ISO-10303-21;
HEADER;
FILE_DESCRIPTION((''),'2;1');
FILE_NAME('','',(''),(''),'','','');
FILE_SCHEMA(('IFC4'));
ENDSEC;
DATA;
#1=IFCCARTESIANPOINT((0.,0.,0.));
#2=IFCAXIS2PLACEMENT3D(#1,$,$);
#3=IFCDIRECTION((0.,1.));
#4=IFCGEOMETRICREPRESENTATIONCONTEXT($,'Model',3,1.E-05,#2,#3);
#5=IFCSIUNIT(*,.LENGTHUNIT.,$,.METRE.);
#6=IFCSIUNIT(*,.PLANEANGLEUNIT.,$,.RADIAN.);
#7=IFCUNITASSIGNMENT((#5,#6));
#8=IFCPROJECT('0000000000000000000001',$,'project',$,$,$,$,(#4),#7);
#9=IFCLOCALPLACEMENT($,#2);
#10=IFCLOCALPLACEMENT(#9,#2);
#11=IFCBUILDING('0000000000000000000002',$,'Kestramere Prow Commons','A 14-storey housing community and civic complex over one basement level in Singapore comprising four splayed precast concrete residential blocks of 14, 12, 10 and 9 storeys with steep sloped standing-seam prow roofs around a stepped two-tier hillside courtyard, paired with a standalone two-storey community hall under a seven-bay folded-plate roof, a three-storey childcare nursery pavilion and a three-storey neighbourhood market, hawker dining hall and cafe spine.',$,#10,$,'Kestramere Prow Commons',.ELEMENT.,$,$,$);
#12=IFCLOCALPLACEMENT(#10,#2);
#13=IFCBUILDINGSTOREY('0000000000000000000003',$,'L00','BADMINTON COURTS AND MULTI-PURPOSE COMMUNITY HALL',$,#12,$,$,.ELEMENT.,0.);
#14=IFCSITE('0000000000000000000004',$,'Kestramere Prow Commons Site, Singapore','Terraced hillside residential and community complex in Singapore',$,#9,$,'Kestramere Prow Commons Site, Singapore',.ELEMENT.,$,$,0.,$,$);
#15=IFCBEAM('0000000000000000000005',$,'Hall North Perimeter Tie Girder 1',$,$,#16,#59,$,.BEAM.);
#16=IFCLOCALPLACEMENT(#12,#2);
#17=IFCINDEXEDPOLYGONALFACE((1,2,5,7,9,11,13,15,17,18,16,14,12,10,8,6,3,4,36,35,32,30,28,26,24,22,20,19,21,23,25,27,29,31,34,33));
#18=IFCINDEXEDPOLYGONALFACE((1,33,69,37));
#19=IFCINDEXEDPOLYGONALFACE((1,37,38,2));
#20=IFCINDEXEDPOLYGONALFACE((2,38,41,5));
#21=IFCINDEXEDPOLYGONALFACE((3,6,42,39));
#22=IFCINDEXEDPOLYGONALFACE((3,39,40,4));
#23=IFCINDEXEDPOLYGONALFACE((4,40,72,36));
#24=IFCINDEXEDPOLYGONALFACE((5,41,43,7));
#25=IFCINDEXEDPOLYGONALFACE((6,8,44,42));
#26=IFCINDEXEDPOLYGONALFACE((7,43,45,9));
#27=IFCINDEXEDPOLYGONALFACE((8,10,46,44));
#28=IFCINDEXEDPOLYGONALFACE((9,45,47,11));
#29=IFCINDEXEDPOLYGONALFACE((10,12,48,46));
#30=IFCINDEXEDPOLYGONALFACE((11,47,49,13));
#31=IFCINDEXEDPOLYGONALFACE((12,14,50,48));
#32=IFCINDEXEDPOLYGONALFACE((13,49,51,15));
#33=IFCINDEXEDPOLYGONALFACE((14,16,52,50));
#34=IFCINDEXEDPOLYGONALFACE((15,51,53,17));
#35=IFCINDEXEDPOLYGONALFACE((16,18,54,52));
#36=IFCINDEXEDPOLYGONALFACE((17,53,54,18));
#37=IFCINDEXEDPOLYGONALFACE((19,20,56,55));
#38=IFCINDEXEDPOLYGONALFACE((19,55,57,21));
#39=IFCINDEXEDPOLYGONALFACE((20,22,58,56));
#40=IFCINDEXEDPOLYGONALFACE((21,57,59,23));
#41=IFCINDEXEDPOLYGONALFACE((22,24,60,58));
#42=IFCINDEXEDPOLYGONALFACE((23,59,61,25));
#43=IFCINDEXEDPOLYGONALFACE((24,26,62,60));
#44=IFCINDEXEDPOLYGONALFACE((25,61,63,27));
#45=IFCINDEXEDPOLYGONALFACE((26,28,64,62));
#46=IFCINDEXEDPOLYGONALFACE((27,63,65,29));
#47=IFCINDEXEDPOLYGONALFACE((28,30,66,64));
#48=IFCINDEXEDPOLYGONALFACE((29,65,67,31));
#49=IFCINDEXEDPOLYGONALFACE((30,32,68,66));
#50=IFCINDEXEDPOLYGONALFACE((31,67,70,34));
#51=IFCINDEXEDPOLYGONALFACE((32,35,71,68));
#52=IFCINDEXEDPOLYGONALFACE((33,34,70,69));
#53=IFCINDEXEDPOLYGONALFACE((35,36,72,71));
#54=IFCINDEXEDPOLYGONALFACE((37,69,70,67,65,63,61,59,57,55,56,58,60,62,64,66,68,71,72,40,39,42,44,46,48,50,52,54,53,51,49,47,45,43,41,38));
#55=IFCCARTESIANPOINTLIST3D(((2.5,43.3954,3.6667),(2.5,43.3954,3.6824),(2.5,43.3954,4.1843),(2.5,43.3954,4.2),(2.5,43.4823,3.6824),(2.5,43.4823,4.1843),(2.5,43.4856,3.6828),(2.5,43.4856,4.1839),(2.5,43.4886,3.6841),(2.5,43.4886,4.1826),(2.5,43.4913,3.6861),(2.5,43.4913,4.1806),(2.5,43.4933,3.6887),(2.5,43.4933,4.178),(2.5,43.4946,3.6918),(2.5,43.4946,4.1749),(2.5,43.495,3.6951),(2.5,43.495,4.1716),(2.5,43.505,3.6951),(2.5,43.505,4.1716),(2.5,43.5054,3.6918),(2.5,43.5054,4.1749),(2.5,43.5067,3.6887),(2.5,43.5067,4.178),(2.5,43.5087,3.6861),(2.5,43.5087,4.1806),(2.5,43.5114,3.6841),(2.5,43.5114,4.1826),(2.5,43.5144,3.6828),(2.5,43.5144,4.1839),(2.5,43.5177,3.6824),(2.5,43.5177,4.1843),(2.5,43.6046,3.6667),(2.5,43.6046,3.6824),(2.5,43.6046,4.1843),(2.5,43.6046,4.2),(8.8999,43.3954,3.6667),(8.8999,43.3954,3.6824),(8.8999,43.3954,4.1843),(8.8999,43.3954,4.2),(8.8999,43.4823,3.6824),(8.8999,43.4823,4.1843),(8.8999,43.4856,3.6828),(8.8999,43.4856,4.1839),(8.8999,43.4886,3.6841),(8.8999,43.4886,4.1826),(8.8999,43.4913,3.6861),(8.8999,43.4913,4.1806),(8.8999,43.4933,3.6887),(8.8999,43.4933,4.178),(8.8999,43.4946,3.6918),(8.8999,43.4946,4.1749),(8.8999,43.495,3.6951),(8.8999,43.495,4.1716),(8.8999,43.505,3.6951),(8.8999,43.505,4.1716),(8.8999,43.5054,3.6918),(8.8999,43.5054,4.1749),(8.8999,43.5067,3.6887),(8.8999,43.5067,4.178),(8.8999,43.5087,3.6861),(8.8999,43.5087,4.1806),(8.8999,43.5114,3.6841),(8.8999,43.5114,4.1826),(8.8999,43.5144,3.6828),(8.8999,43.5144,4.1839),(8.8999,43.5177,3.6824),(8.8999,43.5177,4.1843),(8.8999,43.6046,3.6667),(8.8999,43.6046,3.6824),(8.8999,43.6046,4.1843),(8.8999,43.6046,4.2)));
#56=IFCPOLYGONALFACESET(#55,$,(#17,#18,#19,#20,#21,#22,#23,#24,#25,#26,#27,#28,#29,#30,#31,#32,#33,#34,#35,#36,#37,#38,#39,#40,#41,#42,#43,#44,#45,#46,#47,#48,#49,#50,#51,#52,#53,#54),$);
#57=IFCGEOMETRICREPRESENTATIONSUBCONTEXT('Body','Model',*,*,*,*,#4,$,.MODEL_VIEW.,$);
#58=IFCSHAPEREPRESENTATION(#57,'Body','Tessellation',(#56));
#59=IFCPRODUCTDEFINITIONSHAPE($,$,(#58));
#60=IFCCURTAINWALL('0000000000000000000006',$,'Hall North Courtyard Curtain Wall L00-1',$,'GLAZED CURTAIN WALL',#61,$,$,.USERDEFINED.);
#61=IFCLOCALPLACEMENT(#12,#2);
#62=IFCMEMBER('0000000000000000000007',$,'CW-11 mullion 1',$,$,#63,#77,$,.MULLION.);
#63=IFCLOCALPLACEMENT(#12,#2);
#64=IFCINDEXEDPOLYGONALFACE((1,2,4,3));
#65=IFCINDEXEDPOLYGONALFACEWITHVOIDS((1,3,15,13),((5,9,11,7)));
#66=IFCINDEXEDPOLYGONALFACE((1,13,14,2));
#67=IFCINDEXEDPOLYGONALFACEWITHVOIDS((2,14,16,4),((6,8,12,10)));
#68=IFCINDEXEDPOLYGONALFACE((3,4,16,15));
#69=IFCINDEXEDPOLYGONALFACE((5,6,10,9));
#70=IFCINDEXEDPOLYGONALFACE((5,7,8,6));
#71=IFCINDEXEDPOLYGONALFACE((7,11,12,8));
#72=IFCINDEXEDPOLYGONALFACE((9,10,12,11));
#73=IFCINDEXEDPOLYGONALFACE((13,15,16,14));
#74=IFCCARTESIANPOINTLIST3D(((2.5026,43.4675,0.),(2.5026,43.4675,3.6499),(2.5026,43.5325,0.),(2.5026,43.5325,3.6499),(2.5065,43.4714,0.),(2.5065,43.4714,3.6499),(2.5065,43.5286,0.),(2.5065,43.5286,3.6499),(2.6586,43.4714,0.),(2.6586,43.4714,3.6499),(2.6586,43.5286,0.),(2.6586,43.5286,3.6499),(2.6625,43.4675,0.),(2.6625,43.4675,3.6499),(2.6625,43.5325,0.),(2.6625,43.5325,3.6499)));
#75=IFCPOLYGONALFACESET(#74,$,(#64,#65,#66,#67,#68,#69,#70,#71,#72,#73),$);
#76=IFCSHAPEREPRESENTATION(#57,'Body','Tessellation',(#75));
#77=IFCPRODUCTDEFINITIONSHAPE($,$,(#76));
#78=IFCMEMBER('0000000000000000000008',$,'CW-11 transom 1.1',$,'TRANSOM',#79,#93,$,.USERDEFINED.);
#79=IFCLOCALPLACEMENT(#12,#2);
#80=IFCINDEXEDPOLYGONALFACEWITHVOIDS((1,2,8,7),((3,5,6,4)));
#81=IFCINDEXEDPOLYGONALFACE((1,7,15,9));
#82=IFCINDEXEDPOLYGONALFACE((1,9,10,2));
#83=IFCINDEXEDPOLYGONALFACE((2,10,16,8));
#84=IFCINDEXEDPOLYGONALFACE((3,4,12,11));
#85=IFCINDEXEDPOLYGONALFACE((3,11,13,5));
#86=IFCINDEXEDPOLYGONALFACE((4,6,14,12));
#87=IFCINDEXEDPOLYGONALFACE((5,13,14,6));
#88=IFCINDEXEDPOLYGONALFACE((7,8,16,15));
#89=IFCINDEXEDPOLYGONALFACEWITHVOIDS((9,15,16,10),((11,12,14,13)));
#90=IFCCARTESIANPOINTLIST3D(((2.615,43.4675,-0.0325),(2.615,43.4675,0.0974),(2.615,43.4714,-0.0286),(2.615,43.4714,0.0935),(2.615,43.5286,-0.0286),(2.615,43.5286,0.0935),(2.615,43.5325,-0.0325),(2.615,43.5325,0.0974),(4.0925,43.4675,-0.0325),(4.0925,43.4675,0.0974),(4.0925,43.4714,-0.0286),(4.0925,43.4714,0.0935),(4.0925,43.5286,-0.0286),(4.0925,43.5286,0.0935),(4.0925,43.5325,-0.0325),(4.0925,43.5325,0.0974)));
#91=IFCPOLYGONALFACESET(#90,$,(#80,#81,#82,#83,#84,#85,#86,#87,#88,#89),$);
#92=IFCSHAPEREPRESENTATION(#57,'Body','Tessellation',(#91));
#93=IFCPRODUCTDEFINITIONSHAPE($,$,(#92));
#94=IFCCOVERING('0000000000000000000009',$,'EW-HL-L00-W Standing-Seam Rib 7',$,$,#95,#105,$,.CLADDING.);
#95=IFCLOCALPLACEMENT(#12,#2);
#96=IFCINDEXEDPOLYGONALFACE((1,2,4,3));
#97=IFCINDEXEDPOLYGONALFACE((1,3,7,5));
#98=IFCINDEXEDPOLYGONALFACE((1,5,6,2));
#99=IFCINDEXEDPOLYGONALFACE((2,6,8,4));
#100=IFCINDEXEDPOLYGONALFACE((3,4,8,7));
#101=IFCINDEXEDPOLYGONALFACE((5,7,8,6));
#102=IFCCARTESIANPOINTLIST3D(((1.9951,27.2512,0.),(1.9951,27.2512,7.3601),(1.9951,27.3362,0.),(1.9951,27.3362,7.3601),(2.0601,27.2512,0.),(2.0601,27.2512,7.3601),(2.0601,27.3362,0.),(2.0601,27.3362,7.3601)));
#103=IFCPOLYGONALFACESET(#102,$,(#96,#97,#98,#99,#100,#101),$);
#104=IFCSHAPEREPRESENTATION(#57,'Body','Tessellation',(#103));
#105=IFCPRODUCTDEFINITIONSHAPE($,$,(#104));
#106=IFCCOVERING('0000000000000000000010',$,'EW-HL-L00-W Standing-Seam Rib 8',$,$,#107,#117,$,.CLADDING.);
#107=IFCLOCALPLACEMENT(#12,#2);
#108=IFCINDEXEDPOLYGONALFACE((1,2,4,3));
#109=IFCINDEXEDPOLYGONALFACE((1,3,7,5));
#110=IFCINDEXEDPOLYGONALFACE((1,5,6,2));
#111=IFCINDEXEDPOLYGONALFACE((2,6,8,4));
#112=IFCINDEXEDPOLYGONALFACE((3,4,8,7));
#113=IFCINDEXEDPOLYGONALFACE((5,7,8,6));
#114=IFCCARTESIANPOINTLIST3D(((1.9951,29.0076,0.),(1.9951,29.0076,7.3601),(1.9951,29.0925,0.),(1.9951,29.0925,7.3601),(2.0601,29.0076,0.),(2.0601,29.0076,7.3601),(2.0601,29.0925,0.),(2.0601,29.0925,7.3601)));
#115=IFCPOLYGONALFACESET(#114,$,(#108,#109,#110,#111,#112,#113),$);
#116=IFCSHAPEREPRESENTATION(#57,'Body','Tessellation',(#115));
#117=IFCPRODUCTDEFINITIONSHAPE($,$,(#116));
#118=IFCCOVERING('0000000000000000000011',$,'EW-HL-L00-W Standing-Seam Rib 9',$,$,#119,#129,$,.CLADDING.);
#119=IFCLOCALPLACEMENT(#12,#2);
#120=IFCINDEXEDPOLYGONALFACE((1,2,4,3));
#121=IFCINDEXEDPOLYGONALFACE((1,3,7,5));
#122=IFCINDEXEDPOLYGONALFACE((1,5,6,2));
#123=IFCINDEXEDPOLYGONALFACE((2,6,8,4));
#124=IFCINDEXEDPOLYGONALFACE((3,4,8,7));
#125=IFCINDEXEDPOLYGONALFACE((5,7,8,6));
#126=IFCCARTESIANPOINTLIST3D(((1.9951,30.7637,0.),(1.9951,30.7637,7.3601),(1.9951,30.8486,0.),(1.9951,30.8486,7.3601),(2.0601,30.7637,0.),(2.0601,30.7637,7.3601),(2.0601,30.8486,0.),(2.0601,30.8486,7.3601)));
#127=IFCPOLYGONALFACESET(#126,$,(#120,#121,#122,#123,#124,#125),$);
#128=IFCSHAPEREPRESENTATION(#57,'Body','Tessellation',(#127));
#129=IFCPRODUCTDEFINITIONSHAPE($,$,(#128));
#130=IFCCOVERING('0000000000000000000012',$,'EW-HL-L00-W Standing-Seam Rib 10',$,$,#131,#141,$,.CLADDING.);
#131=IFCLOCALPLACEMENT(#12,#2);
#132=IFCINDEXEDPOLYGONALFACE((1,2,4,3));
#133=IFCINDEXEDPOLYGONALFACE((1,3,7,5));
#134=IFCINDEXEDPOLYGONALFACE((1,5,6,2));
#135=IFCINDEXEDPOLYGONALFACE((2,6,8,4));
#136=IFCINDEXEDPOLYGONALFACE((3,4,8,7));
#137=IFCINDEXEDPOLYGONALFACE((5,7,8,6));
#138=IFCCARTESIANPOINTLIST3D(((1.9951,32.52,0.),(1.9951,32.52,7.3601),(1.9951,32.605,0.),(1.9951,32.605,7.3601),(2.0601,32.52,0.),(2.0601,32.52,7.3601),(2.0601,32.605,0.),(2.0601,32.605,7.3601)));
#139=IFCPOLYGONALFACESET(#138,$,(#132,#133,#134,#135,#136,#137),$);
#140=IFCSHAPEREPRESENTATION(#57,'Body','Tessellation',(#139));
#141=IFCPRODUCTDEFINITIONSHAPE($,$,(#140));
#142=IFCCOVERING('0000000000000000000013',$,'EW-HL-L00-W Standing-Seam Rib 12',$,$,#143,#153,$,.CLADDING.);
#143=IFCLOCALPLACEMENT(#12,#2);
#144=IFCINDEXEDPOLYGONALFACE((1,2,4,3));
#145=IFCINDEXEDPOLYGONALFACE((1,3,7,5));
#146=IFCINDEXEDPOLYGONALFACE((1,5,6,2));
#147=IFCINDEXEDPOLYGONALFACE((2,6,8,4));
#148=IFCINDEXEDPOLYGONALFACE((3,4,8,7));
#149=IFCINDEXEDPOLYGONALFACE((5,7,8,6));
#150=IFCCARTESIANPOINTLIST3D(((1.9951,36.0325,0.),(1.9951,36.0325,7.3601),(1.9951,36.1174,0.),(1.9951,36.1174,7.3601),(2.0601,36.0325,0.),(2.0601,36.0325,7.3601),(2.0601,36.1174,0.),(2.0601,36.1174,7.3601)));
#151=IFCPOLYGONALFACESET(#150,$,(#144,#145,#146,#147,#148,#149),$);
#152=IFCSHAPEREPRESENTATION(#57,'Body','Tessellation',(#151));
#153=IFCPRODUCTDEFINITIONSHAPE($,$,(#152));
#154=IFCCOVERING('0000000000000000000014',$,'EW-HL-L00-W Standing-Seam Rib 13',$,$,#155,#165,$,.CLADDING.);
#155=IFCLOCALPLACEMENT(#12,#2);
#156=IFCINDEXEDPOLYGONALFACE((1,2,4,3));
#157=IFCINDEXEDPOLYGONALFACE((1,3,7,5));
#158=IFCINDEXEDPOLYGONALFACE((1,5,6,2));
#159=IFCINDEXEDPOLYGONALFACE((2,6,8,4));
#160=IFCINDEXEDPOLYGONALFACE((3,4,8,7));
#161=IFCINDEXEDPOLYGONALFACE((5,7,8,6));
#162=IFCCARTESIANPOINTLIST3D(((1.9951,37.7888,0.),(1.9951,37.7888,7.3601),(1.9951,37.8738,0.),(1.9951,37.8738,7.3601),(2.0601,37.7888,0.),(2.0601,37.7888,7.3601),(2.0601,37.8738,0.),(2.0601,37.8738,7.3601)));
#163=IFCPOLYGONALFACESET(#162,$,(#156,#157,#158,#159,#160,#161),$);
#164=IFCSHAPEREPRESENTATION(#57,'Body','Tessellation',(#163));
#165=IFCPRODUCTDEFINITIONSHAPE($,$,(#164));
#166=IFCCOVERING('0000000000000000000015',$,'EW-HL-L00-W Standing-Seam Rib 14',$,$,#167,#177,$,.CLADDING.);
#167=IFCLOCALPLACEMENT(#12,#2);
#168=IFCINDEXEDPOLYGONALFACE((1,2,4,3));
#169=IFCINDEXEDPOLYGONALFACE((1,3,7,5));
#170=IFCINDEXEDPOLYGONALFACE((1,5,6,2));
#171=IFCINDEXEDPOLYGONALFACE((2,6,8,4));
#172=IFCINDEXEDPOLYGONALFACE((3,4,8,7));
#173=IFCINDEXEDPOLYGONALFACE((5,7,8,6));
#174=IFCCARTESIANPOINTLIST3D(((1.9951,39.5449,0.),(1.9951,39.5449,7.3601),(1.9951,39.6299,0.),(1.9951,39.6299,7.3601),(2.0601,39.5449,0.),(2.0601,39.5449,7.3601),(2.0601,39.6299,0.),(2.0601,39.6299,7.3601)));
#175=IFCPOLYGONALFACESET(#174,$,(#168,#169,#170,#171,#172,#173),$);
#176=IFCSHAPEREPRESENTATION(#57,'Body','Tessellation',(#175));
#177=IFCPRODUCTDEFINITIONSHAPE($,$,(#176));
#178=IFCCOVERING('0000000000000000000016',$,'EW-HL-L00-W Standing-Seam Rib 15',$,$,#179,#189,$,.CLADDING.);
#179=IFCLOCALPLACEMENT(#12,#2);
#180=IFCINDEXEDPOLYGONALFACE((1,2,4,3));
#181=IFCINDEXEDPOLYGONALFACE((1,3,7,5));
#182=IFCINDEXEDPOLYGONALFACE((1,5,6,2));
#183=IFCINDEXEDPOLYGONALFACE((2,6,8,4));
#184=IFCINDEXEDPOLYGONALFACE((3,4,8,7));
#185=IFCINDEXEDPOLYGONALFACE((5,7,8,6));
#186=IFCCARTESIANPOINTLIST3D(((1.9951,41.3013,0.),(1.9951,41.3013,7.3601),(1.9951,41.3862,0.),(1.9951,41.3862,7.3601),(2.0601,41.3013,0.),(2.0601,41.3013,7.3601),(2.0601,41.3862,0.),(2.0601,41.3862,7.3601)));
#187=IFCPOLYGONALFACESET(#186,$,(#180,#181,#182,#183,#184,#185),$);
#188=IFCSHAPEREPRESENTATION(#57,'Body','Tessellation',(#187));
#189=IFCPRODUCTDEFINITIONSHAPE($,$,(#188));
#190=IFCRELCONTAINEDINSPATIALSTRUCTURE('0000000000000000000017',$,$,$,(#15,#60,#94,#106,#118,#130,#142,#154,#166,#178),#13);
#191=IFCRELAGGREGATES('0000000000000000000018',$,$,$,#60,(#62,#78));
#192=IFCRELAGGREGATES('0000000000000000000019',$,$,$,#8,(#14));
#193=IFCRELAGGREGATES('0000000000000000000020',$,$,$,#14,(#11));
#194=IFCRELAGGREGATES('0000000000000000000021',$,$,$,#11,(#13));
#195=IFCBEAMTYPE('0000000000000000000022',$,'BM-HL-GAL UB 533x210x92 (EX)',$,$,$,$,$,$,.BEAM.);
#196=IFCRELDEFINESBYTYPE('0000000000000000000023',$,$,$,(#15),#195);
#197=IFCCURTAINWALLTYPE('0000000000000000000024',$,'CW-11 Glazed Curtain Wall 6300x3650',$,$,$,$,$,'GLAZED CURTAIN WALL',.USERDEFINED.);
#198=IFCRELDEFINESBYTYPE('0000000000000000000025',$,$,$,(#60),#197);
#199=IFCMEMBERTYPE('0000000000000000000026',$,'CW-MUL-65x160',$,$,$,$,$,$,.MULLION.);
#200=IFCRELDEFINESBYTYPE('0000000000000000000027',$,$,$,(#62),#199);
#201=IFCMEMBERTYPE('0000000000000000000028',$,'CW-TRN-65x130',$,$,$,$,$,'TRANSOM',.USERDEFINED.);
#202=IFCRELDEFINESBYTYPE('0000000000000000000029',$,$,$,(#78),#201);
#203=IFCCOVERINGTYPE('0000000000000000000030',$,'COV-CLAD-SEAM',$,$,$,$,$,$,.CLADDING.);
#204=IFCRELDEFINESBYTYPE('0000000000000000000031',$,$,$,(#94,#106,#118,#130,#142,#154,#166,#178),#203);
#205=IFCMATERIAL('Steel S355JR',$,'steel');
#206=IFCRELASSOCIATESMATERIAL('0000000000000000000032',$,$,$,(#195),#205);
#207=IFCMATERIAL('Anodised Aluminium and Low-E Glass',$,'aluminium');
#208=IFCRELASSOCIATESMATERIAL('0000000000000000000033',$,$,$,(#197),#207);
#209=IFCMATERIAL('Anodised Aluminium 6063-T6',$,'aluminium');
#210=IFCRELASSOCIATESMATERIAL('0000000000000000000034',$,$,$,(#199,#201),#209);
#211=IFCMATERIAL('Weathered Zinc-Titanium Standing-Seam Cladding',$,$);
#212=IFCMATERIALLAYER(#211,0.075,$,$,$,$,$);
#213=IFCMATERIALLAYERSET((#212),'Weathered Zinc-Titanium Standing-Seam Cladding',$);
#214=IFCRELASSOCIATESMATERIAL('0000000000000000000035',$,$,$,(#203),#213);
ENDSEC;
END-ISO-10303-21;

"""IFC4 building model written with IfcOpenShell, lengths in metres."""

from ifc_helpers import new_model, si_unit, direction, frame, origin, origin_2d, place, context, subcontext, project, spatial, rectangle, hollow_rectangle, i_section, extrude, material, layer, layer_set, material_profile, profile_set, type_object, element, aggregate, save


model = new_model("IFC4")

# Units and contexts
model_context = context("Model", 3, precision=1e-05, world=origin(), true_north=direction((0.0, 1.0)))
body_context = subcontext(model_context, "Body", "Model", "MODEL_VIEW")
ifc_project = project(units=[si_unit("LENGTHUNIT", "METRE"), si_unit("PLANEANGLEUNIT", "RADIAN")], contexts=[model_context])

# Site, building, storey
site_placement = place(None, origin())
site = spatial("IfcSite", under=ifc_project, at=site_placement, Name="Kestramere Prow Commons Site, Singapore", Description="Terraced hillside residential and community complex in Singapore", LongName="Kestramere Prow Commons Site, Singapore", CompositionType="ELEMENT", RefElevation=0.0)
building_placement = place(site_placement, origin())
building = spatial("IfcBuilding", under=site, at=building_placement, Name="Kestramere Prow Commons", Description="A 14-storey housing community and civic complex over one basement level in Singapore comprising four splayed precast concrete residential blocks of 14, 12, 10 and 9 storeys with steep sloped standing-seam prow roofs around a stepped two-tier hillside courtyard, paired with a standalone two-storey community hall under a seven-bay folded-plate roof, a three-storey childcare nursery pavilion and a three-storey neighbourhood market, hawker dining hall and cafe spine.", LongName="Kestramere Prow Commons", CompositionType="ELEMENT")
storey_placement = place(building_placement, origin())
storey = spatial("IfcBuildingStorey", under=building, at=storey_placement, Name="L00", Description="BADMINTON COURTS AND MULTI-PURPOSE COMMUNITY HALL", CompositionType="ELEMENT", Elevation=0.0)

# Beam
ifc_material_1 = material(Name="Steel S355JR", Category="steel")
ifc_material_profile_1 = material_profile(ifc_material_1, i_section(OverallWidth=0.2092, OverallDepth=0.5332, WebThickness=0.01, FlangeThickness=0.0156, FilletRadius=0.0127, at=origin_2d()), Name="UB 533x210x92")
ifc_profile_set_1 = profile_set([ifc_material_profile_1], Name="Steel S355JR")
beam_type = type_object("IfcBeamType", Name="BM-HL-GAL UB 533x210x92 (EX)", PredefinedType="BEAM", material=ifc_profile_set_1)
beam_placement = place(storey_placement, frame((2.5, 43.5, 3.9333), z_axis=(1.0, 0.0, 0.0), x_axis=(0.0, 1.0, 0.0)))
element("IfcBeam", 1, at=beam_placement, inside=storey, type_object=beam_type, Name="Hall North Perimeter Tie Girder 1", PredefinedType="BEAM", context=body_context, shape_type="SweptSolid", body=[
    extrude(i_section(OverallWidth=0.2092, OverallDepth=0.5332, WebThickness=0.01, FlangeThickness=0.0156, FilletRadius=0.0127, at=origin_2d()), origin(), (0.0, 0.0, 1.0), 6.3999),
])

# Curtain wall, members
ifc_material_2 = material(Name="Anodised Aluminium and Low-E Glass", Category="aluminium")
curtain_wall_type = type_object("IfcCurtainWallType", Name="CW-11 Glazed Curtain Wall 6300x3650", ElementType="GLAZED CURTAIN WALL", PredefinedType="USERDEFINED", material=ifc_material_2)
curtain_wall_placement = place(storey_placement, origin())
curtain_wall = element("IfcCurtainWall", 2, at=curtain_wall_placement, inside=storey, type_object=curtain_wall_type, Name="Hall North Courtyard Curtain Wall L00-1", ObjectType="GLAZED CURTAIN WALL", PredefinedType="USERDEFINED")
ifc_material_3 = material(Name="Anodised Aluminium 6063-T6", Category="aluminium")
ifc_material_profile_2 = material_profile(ifc_material_3, hollow_rectangle(XDim=0.0649, YDim=0.1599, WallThickness=0.0039, at=origin_2d()), Name="ALU-MUL 65x160")
ifc_profile_set_2 = profile_set([ifc_material_profile_2], Name="Anodised Aluminium 6063-T6")
member_type_1 = type_object("IfcMemberType", Name="CW-MUL-65x160", PredefinedType="MULLION", material=ifc_profile_set_2)
member_1_placement = place(storey_placement, frame((2.5825, 43.5, 0.0), z_axis=(0.0, 0.0, 1.0), x_axis=(0.0, 1.0, 0.0)))
member_1 = element("IfcMember", 3, at=member_1_placement, type_object=member_type_1, Name="CW-11 mullion 1", PredefinedType="MULLION", context=body_context, shape_type="SweptSolid", body=[
    extrude(hollow_rectangle(XDim=0.0649, YDim=0.1599, WallThickness=0.0039, at=origin_2d()), origin(), (0.0, 0.0, 1.0), 3.6499),
])
ifc_material_profile_3 = material_profile(ifc_material_3, hollow_rectangle(XDim=0.0649, YDim=0.1299, WallThickness=0.0039, at=origin_2d()), Name="ALU-TRN 65x130")
ifc_profile_set_3 = profile_set([ifc_material_profile_3], Name="Anodised Aluminium 6063-T6")
member_type_2 = type_object("IfcMemberType", Name="CW-TRN-65x130", ElementType="TRANSOM", PredefinedType="USERDEFINED", material=ifc_profile_set_3)
member_2_placement = place(storey_placement, frame((2.615, 43.5, 0.0325), z_axis=(1.0, 0.0, 0.0), x_axis=(0.0, 1.0, 0.0)))
member_2 = element("IfcMember", 4, at=member_2_placement, type_object=member_type_2, Name="CW-11 transom 1.1", ObjectType="TRANSOM", PredefinedType="USERDEFINED", context=body_context, shape_type="SweptSolid", body=[
    extrude(hollow_rectangle(XDim=0.0649, YDim=0.1299, WallThickness=0.0039, at=origin_2d()), origin(), (0.0, 0.0, 1.0), 1.4775),
])
aggregate(curtain_wall, [member_1, member_2])

# Coverings
ifc_material_4 = material(Name="Weathered Zinc-Titanium Standing-Seam Cladding")
ifc_layer = layer(ifc_material_4, 0.075)
ifc_layer_set = layer_set([ifc_layer], Name="Weathered Zinc-Titanium Standing-Seam Cladding")
covering_type = type_object("IfcCoveringType", Name="COV-CLAD-SEAM", PredefinedType="CLADDING", material=ifc_layer_set)
for number, where, z_axis, x_axis, name in (
    (5, (2.0276, 27.2937, 0.0), (0.0, 0.0, 1.0), (0.0, 1.0, 0.0), "EW-HL-L00-W Standing-Seam Rib 7"),
    (6, (2.0276, 29.05, 0.0), (0.0, 0.0, 1.0), (0.0, 1.0, 0.0), "EW-HL-L00-W Standing-Seam Rib 8"),
    (7, (2.0276, 30.8062, 0.0), (0.0, 0.0, 1.0), (0.0, 1.0, 0.0), "EW-HL-L00-W Standing-Seam Rib 9"),
    (8, (2.0276, 32.5625, 0.0), (0.0, 0.0, 1.0), (0.0, 1.0, 0.0), "EW-HL-L00-W Standing-Seam Rib 10"),
    (9, (2.0276, 36.075, 0.0), (0.0, 0.0, 1.0), (0.0, 1.0, 0.0), "EW-HL-L00-W Standing-Seam Rib 12"),
    (10, (2.0276, 37.8313, 0.0), (0.0, 0.0, 1.0), (0.0, 1.0, 0.0), "EW-HL-L00-W Standing-Seam Rib 13"),
    (11, (2.0276, 39.5874, 0.0), (0.0, 0.0, 1.0), (0.0, 1.0, 0.0), "EW-HL-L00-W Standing-Seam Rib 14"),
    (12, (2.0276, 41.3438, 0.0), (0.0, 0.0, 1.0), (0.0, 1.0, 0.0), "EW-HL-L00-W Standing-Seam Rib 15"),
):
    element("IfcCovering", number, at=place(storey_placement, frame(where, z_axis=z_axis, x_axis=x_axis)), inside=storey, type_object=covering_type, Name=name, PredefinedType="CLADDING", context=body_context, shape_type="SweptSolid", body=[
        extrude(rectangle(XDim=0.085, YDim=0.0649, at=origin_2d()), origin(), (0.0, 0.0, 1.0), 7.3601),
    ])

save(model, "model.ifc")
